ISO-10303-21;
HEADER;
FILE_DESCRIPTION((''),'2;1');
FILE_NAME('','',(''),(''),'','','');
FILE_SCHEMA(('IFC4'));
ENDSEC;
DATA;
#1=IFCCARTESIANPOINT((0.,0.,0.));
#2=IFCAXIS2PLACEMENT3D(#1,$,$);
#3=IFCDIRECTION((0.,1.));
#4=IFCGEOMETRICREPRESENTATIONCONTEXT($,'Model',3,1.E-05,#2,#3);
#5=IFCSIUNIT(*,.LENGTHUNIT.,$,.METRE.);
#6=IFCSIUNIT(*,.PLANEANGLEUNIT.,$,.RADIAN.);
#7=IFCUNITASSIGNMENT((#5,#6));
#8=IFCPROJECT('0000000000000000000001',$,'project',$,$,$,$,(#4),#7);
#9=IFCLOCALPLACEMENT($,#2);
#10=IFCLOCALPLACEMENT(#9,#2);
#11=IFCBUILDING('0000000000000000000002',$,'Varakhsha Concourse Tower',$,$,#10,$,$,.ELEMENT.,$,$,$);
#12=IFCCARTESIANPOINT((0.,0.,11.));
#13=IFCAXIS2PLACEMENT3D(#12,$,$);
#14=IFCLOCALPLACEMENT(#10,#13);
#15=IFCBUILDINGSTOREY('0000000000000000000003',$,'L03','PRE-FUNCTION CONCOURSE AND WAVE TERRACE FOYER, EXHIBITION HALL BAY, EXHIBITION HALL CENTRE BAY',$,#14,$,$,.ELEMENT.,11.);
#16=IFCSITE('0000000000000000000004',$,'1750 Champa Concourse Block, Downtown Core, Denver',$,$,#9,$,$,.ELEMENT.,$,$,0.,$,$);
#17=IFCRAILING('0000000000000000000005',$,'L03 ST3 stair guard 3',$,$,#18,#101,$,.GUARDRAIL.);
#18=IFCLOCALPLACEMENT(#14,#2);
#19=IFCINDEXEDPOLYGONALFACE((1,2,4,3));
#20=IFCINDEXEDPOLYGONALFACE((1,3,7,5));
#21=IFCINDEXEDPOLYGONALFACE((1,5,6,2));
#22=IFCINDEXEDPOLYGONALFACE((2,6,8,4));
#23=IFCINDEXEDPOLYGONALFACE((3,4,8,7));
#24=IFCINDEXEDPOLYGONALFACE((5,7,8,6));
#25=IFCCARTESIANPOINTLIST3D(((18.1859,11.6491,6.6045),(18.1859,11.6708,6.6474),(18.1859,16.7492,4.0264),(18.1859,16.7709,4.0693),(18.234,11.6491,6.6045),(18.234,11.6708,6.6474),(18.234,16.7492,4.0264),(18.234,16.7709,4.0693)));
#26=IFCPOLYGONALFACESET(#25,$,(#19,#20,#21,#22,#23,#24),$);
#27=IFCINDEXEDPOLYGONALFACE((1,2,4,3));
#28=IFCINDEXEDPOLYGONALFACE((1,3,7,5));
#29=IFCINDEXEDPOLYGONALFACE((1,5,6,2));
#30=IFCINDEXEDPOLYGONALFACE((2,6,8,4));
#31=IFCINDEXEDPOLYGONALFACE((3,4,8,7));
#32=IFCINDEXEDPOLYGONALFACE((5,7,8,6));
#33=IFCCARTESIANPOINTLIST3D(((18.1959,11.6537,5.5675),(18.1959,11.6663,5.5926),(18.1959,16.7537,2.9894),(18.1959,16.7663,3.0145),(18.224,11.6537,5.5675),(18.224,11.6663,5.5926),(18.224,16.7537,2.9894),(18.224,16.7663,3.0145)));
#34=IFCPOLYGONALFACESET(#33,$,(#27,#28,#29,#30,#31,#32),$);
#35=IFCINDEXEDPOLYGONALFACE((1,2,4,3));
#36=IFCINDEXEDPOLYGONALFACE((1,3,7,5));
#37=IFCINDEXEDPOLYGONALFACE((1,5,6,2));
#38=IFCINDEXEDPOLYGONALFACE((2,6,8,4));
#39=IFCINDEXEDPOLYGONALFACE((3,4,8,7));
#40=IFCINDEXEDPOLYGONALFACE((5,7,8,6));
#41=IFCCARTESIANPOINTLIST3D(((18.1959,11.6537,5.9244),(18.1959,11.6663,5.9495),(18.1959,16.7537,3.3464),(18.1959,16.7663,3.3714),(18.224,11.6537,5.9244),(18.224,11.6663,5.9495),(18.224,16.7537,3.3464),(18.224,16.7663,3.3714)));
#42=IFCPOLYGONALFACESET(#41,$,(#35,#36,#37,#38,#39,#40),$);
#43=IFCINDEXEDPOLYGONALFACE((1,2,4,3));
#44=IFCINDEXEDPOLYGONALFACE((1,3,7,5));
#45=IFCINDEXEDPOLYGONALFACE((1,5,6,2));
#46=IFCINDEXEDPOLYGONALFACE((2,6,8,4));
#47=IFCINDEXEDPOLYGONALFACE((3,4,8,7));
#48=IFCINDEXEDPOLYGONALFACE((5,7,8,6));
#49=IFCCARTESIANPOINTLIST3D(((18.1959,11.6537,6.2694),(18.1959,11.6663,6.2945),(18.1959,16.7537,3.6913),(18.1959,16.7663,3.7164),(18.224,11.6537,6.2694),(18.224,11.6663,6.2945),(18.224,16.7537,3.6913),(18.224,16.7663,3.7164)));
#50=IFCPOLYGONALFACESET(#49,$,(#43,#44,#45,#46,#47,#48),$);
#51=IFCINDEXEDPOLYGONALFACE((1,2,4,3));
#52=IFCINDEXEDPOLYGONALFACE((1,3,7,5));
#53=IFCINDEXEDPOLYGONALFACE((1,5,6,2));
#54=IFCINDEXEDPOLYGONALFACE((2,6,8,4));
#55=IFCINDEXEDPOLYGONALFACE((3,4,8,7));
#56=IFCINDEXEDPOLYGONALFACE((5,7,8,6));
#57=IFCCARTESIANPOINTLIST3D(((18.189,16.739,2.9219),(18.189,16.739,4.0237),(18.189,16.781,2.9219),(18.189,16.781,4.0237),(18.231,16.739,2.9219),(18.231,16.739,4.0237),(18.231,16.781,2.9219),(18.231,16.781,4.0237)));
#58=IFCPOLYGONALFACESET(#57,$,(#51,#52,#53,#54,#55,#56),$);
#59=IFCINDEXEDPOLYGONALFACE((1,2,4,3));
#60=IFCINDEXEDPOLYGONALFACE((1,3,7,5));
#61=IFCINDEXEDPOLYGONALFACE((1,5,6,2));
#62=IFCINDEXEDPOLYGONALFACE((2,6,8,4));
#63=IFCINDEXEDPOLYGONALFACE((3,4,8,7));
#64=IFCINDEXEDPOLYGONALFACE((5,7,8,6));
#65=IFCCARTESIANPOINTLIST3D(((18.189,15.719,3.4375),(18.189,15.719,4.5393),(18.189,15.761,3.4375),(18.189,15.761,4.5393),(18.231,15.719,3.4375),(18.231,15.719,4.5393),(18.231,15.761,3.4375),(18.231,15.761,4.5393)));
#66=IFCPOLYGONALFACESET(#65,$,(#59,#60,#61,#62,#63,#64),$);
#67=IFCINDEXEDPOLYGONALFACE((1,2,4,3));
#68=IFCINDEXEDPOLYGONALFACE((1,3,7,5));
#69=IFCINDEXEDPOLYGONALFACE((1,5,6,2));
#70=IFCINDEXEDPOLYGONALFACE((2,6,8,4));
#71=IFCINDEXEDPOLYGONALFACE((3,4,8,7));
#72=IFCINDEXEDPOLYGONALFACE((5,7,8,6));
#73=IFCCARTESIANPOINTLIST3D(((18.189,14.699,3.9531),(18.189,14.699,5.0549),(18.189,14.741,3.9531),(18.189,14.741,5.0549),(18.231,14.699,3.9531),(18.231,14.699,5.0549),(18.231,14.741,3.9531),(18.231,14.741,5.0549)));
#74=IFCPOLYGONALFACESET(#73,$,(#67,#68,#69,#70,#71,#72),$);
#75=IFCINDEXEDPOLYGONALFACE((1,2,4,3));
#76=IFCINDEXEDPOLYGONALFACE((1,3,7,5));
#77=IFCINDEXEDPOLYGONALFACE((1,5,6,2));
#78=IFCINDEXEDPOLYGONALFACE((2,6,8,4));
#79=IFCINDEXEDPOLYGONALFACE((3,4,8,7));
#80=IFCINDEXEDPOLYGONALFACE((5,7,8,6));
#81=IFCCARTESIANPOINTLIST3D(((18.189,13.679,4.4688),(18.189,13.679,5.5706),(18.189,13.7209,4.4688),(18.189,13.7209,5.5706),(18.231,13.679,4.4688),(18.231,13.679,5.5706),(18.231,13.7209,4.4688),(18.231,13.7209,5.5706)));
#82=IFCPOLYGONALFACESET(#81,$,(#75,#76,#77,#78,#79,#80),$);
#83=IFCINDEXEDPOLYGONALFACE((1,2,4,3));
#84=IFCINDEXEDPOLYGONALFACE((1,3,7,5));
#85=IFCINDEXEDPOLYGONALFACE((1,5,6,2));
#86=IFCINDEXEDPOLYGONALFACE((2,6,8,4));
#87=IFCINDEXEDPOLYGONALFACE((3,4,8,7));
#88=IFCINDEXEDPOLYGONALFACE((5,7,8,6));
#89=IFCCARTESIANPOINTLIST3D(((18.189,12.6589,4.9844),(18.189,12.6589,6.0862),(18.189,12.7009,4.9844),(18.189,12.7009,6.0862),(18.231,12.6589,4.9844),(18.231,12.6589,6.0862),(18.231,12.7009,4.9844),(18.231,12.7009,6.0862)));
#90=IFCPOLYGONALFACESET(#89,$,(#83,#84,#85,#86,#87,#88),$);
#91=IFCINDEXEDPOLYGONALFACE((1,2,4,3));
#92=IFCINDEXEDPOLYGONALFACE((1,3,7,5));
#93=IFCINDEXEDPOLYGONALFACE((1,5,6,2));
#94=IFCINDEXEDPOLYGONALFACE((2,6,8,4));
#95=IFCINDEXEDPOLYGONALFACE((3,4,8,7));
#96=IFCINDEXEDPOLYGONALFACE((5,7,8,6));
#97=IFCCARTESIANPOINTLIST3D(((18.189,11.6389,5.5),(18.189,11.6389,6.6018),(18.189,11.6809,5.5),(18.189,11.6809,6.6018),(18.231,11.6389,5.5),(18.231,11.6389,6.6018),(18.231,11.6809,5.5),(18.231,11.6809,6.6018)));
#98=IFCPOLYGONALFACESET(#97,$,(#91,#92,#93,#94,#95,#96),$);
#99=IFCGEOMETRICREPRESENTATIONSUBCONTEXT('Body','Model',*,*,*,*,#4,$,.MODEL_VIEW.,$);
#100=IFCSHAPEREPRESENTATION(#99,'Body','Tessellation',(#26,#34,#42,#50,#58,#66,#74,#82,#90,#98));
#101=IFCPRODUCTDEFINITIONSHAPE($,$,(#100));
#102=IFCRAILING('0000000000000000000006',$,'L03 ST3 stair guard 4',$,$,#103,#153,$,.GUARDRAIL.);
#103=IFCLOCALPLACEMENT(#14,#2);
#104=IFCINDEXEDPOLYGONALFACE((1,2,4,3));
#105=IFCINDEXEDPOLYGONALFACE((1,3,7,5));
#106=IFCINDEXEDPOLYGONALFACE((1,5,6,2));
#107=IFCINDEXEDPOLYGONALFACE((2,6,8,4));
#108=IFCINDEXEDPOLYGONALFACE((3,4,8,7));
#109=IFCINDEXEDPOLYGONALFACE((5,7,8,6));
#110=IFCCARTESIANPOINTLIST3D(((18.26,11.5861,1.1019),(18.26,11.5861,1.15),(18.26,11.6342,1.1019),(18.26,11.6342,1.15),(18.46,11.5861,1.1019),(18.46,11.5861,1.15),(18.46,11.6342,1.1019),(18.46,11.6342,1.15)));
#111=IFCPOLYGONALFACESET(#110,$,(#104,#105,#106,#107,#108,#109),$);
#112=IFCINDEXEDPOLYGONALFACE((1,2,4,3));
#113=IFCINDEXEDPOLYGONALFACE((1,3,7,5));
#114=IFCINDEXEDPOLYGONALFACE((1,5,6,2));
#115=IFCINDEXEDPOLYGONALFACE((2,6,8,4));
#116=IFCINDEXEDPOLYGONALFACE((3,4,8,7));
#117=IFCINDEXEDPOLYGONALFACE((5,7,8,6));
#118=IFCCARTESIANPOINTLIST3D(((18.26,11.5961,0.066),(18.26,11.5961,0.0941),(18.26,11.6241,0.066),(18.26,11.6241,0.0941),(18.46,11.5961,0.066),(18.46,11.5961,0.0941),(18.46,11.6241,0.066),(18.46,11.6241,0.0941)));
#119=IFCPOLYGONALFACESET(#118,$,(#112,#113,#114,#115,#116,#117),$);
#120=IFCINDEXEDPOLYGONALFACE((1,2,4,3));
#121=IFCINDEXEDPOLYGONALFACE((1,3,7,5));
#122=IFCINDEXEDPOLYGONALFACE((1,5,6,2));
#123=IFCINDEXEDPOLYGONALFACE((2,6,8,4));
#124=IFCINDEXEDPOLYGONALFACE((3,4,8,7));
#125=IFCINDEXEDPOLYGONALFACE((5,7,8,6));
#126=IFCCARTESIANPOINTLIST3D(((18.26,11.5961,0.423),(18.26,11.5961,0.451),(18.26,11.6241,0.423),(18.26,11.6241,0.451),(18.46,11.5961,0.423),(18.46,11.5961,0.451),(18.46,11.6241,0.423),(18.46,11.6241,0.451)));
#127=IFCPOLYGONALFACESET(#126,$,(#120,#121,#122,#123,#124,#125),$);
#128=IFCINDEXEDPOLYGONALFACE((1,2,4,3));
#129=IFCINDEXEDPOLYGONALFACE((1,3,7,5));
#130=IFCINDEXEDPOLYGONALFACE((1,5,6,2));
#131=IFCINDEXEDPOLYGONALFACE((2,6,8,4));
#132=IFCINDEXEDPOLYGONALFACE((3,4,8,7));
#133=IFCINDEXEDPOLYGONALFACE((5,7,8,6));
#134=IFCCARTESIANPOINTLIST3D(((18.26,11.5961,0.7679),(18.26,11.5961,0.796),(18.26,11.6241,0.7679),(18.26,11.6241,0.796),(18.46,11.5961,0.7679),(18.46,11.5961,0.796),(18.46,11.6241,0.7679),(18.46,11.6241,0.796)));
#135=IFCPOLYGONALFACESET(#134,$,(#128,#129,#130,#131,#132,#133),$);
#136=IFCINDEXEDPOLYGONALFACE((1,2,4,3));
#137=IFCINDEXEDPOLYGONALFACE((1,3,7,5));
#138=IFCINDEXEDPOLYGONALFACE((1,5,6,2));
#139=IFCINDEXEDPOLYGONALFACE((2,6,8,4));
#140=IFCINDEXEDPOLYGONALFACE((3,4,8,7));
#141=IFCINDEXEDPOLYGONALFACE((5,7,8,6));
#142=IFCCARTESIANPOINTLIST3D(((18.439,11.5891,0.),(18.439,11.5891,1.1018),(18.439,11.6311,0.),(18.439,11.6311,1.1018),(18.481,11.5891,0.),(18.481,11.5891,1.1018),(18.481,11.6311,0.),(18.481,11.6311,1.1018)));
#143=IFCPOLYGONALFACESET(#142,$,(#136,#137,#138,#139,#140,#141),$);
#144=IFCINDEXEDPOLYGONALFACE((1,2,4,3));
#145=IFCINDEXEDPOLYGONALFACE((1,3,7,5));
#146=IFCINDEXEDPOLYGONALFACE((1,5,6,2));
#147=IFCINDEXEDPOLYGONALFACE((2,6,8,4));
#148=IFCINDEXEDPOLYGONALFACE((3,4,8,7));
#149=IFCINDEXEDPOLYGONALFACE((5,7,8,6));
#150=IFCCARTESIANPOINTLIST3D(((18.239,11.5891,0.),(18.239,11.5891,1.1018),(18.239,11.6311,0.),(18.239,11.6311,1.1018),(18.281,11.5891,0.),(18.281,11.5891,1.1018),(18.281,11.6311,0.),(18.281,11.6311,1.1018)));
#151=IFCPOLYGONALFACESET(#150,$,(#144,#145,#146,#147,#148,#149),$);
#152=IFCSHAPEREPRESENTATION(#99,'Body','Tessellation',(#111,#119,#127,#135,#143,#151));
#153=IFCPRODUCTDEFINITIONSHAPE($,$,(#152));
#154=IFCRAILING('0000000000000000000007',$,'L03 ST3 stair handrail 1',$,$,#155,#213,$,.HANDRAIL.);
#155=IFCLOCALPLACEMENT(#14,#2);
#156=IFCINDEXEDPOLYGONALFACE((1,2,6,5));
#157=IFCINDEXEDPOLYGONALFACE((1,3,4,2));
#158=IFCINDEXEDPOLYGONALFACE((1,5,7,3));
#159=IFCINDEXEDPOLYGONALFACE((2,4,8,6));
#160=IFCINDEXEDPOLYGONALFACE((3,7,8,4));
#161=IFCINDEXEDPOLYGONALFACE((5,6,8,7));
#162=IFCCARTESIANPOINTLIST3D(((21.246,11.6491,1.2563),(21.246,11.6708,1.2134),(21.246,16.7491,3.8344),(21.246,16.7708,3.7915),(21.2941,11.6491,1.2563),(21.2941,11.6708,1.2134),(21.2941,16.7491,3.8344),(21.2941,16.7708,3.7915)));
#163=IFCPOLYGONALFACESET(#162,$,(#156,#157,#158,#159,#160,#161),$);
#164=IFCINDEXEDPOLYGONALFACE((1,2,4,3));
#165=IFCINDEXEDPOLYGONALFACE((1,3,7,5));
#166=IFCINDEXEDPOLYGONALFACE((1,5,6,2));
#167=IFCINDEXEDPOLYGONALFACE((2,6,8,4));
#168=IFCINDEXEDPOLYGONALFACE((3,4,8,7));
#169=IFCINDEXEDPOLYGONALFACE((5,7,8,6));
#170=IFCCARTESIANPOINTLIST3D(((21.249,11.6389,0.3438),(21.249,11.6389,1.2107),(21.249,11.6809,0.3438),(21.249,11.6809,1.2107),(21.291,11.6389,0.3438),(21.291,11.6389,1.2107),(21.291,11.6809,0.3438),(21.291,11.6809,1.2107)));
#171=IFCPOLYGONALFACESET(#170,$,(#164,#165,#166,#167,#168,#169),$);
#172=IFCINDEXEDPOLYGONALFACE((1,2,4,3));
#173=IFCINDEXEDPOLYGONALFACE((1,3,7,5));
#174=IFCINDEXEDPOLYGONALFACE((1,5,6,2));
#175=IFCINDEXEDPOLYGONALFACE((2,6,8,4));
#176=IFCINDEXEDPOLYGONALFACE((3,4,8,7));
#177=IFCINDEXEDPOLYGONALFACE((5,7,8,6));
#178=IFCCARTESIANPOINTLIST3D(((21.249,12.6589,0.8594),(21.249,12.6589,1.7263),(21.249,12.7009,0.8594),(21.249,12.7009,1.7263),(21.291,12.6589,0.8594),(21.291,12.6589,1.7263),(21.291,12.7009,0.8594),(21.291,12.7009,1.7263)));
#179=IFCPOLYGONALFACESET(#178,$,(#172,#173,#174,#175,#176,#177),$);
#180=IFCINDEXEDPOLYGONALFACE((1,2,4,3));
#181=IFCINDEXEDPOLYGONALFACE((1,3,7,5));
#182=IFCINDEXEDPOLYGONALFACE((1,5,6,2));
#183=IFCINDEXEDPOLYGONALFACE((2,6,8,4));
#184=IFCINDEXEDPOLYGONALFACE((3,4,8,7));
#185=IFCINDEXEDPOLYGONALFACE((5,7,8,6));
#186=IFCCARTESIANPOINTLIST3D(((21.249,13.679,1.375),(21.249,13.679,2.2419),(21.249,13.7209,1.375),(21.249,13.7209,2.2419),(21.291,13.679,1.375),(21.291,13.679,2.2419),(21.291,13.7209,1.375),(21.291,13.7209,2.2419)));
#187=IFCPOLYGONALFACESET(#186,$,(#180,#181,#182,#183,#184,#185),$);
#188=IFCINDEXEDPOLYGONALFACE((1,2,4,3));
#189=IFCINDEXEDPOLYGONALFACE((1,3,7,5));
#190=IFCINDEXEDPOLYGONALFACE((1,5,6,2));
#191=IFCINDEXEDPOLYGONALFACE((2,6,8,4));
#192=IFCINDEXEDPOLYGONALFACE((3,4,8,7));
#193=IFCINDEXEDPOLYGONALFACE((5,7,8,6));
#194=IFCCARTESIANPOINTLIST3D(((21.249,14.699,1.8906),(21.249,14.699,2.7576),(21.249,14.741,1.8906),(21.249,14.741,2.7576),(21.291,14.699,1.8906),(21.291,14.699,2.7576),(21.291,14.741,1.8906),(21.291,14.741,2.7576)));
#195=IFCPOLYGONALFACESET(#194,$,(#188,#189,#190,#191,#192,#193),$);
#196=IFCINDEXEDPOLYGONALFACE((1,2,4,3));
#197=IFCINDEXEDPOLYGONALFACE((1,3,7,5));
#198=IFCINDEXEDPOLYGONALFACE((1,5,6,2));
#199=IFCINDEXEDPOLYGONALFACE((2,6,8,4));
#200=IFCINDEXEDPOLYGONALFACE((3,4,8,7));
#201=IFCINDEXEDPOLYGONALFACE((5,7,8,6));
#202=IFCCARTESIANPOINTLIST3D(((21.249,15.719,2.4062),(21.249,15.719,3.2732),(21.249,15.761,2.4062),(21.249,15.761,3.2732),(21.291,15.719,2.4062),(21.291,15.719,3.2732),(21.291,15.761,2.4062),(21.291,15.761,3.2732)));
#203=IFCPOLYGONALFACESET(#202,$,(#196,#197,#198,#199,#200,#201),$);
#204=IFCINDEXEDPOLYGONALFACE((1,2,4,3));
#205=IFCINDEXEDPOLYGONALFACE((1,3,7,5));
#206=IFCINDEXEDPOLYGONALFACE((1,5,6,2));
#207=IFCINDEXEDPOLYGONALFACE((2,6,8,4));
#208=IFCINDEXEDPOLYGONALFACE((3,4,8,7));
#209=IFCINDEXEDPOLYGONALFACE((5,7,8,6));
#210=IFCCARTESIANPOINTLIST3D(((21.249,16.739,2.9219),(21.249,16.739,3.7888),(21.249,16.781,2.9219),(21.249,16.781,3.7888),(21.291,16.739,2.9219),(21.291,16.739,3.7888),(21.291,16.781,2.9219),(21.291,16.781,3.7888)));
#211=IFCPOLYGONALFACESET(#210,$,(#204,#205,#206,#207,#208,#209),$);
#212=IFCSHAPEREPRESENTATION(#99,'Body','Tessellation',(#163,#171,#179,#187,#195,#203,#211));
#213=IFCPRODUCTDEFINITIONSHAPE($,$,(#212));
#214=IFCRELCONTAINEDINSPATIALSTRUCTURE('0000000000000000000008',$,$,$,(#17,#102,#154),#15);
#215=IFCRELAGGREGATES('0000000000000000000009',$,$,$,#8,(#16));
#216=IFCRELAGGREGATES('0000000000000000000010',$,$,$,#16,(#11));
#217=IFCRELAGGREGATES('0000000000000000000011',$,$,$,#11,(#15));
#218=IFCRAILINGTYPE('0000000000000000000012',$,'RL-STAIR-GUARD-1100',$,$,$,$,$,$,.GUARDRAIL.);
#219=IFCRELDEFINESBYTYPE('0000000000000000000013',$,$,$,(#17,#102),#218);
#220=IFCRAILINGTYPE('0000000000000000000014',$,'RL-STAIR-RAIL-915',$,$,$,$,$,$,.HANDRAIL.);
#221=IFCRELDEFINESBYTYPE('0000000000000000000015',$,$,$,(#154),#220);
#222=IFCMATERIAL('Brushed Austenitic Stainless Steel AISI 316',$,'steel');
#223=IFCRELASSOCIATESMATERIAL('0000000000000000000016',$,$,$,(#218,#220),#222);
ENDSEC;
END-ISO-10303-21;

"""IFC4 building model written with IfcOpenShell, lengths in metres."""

from ifc_helpers import new_model, si_unit, direction, frame, origin, origin_2d, place, context, subcontext, project, spatial, rectangle, extrude, material, type_object, element, save


model = new_model("IFC4")

# Units and contexts
model_context = context("Model", 3, precision=1e-05, world=origin(), true_north=direction((0.0, 1.0)))
body_context = subcontext(model_context, "Body", "Model", "MODEL_VIEW")
ifc_project = project(units=[si_unit("LENGTHUNIT", "METRE"), si_unit("PLANEANGLEUNIT", "RADIAN")], contexts=[model_context])

# Site, building, storey
site_placement = place(None, origin())
site = spatial("IfcSite", under=ifc_project, at=site_placement, Name="1750 Champa Concourse Block, Downtown Core, Denver", CompositionType="ELEMENT", RefElevation=0.0)
building_placement = place(site_placement, origin())
building = spatial("IfcBuilding", under=site, at=building_placement, Name="Varakhsha Concourse Tower", CompositionType="ELEMENT")
storey_placement = place(building_placement, frame((0.0, 0.0, 11.0)))
storey = spatial("IfcBuildingStorey", under=building, at=storey_placement, Name="L03", Description="PRE-FUNCTION CONCOURSE AND WAVE TERRACE FOYER, EXHIBITION HALL BAY, EXHIBITION HALL CENTRE BAY", CompositionType="ELEMENT", Elevation=11.0)

# Railings
ifc_material_1 = material(Name="Brushed Austenitic Stainless Steel AISI 316", Category="steel")
railing_type_1 = type_object("IfcRailingType", Name="RL-STAIR-GUARD-1100", PredefinedType="GUARDRAIL", material=ifc_material_1)
railing_1_placement = place(storey_placement, frame((18.21, 16.76, 2.9219)))
element("IfcRailing", 1, at=railing_1_placement, inside=storey, type_object=railing_type_1, Name="L03 ST3 stair guard 3", PredefinedType="GUARDRAIL", context=body_context, shape_type="SweptSolid", body=[
    extrude(rectangle(XDim=0.0481, YDim=0.0481, at=origin_2d()), frame((0.0, 0.0, 1.126), z_axis=(0.0, -0.892453, 0.45114), x_axis=(1.0, 0.0, 0.0)), (0.0, 0.0, 1.0), 5.7146),
    extrude(rectangle(XDim=0.0281, YDim=0.0281, at=origin_2d()), frame((0.0, 0.0, 0.0801), z_axis=(0.0, -0.892453, 0.45114), x_axis=(1.0, 0.0, 0.0)), (0.0, 0.0, 1.0), 5.7146),
    extrude(rectangle(XDim=0.0281, YDim=0.0281, at=origin_2d()), frame((0.0, 0.0, 0.437), z_axis=(0.0, -0.892453, 0.45114), x_axis=(1.0, 0.0, 0.0)), (0.0, 0.0, 1.0), 5.7146),
    extrude(rectangle(XDim=0.0281, YDim=0.0281, at=origin_2d()), frame((0.0, 0.0, 0.782), z_axis=(0.0, -0.892453, 0.45114), x_axis=(1.0, 0.0, 0.0)), (0.0, 0.0, 1.0), 5.7146),
    extrude(rectangle(XDim=0.042, YDim=0.042, at=origin_2d()), origin(), (0.0, 0.0, 1.0), 1.1018),
    extrude(rectangle(XDim=0.042, YDim=0.042, at=origin_2d()), frame((0.0, -1.02, 0.5156)), (0.0, 0.0, 1.0), 1.1018),
    extrude(rectangle(XDim=0.042, YDim=0.042, at=origin_2d()), frame((0.0, -2.04, 1.0312)), (0.0, 0.0, 1.0), 1.1018),
    extrude(rectangle(XDim=0.042, YDim=0.042, at=origin_2d()), frame((0.0, -3.0601, 1.5469)), (0.0, 0.0, 1.0), 1.1018),
    extrude(rectangle(XDim=0.042, YDim=0.042, at=origin_2d()), frame((0.0, -4.0801, 2.0625)), (0.0, 0.0, 1.0), 1.1018),
    extrude(rectangle(XDim=0.042, YDim=0.042, at=origin_2d()), frame((0.0, -5.1001, 2.5781)), (0.0, 0.0, 1.0), 1.1018),
])
railing_2_placement = place(storey_placement, frame((18.46, 11.6101, 0.0)))
element("IfcRailing", 2, at=railing_2_placement, inside=storey, type_object=railing_type_1, Name="L03 ST3 stair guard 4", PredefinedType="GUARDRAIL", context=body_context, shape_type="SweptSolid", body=[
    extrude(rectangle(XDim=0.0481, YDim=0.0481, at=origin_2d()), frame((0.0, 0.0, 1.126), z_axis=(-1.0, 0.0, 0.0), x_axis=(0.0, -1.0, 0.0)), (0.0, 0.0, 1.0), 0.2),
    extrude(rectangle(XDim=0.0281, YDim=0.0281, at=origin_2d()), frame((0.0, 0.0, 0.0801), z_axis=(-1.0, 0.0, 0.0), x_axis=(0.0, -1.0, 0.0)), (0.0, 0.0, 1.0), 0.2),
    extrude(rectangle(XDim=0.0281, YDim=0.0281, at=origin_2d()), frame((0.0, 0.0, 0.437), z_axis=(-1.0, 0.0, 0.0), x_axis=(0.0, -1.0, 0.0)), (0.0, 0.0, 1.0), 0.2),
    extrude(rectangle(XDim=0.0281, YDim=0.0281, at=origin_2d()), frame((0.0, 0.0, 0.782), z_axis=(-1.0, 0.0, 0.0), x_axis=(0.0, -1.0, 0.0)), (0.0, 0.0, 1.0), 0.2),
    extrude(rectangle(XDim=0.042, YDim=0.042, at=origin_2d()), origin(), (0.0, 0.0, 1.0), 1.1018),
    extrude(rectangle(XDim=0.042, YDim=0.042, at=origin_2d()), frame((-0.2, 0.0, 0.0)), (0.0, 0.0, 1.0), 1.1018),
])
railing_type_2 = type_object("IfcRailingType", Name="RL-STAIR-RAIL-915", PredefinedType="HANDRAIL", material=ifc_material_1)
railing_3_placement = place(storey_placement, frame((21.27, 11.6599, 0.3438)))
element("IfcRailing", 3, at=railing_3_placement, inside=storey, type_object=railing_type_2, Name="L03 ST3 stair handrail 1", PredefinedType="HANDRAIL", context=body_context, shape_type="SweptSolid", body=[
    extrude(rectangle(XDim=0.0481, YDim=0.0481, at=origin_2d()), frame((0.0, 0.0, 0.8911), z_axis=(0.0, 0.892453, 0.45114), x_axis=(-1.0, 0.0, 0.0)), (0.0, 0.0, 1.0), 5.7146),
    extrude(rectangle(XDim=0.042, YDim=0.042, at=origin_2d()), origin(), (0.0, 0.0, 1.0), 0.8669),
    extrude(rectangle(XDim=0.042, YDim=0.042, at=origin_2d()), frame((0.0, 1.02, 0.5156)), (0.0, 0.0, 1.0), 0.8669),
    extrude(rectangle(XDim=0.042, YDim=0.042, at=origin_2d()), frame((0.0, 2.04, 1.0312)), (0.0, 0.0, 1.0), 0.8669),
    extrude(rectangle(XDim=0.042, YDim=0.042, at=origin_2d()), frame((0.0, 3.0601, 1.5469)), (0.0, 0.0, 1.0), 0.8669),
    extrude(rectangle(XDim=0.042, YDim=0.042, at=origin_2d()), frame((0.0, 4.0801, 2.0625)), (0.0, 0.0, 1.0), 0.8669),
    extrude(rectangle(XDim=0.042, YDim=0.042, at=origin_2d()), frame((0.0, 5.1001, 2.5781)), (0.0, 0.0, 1.0), 0.8669),
])

save(model, "model.ifc")
